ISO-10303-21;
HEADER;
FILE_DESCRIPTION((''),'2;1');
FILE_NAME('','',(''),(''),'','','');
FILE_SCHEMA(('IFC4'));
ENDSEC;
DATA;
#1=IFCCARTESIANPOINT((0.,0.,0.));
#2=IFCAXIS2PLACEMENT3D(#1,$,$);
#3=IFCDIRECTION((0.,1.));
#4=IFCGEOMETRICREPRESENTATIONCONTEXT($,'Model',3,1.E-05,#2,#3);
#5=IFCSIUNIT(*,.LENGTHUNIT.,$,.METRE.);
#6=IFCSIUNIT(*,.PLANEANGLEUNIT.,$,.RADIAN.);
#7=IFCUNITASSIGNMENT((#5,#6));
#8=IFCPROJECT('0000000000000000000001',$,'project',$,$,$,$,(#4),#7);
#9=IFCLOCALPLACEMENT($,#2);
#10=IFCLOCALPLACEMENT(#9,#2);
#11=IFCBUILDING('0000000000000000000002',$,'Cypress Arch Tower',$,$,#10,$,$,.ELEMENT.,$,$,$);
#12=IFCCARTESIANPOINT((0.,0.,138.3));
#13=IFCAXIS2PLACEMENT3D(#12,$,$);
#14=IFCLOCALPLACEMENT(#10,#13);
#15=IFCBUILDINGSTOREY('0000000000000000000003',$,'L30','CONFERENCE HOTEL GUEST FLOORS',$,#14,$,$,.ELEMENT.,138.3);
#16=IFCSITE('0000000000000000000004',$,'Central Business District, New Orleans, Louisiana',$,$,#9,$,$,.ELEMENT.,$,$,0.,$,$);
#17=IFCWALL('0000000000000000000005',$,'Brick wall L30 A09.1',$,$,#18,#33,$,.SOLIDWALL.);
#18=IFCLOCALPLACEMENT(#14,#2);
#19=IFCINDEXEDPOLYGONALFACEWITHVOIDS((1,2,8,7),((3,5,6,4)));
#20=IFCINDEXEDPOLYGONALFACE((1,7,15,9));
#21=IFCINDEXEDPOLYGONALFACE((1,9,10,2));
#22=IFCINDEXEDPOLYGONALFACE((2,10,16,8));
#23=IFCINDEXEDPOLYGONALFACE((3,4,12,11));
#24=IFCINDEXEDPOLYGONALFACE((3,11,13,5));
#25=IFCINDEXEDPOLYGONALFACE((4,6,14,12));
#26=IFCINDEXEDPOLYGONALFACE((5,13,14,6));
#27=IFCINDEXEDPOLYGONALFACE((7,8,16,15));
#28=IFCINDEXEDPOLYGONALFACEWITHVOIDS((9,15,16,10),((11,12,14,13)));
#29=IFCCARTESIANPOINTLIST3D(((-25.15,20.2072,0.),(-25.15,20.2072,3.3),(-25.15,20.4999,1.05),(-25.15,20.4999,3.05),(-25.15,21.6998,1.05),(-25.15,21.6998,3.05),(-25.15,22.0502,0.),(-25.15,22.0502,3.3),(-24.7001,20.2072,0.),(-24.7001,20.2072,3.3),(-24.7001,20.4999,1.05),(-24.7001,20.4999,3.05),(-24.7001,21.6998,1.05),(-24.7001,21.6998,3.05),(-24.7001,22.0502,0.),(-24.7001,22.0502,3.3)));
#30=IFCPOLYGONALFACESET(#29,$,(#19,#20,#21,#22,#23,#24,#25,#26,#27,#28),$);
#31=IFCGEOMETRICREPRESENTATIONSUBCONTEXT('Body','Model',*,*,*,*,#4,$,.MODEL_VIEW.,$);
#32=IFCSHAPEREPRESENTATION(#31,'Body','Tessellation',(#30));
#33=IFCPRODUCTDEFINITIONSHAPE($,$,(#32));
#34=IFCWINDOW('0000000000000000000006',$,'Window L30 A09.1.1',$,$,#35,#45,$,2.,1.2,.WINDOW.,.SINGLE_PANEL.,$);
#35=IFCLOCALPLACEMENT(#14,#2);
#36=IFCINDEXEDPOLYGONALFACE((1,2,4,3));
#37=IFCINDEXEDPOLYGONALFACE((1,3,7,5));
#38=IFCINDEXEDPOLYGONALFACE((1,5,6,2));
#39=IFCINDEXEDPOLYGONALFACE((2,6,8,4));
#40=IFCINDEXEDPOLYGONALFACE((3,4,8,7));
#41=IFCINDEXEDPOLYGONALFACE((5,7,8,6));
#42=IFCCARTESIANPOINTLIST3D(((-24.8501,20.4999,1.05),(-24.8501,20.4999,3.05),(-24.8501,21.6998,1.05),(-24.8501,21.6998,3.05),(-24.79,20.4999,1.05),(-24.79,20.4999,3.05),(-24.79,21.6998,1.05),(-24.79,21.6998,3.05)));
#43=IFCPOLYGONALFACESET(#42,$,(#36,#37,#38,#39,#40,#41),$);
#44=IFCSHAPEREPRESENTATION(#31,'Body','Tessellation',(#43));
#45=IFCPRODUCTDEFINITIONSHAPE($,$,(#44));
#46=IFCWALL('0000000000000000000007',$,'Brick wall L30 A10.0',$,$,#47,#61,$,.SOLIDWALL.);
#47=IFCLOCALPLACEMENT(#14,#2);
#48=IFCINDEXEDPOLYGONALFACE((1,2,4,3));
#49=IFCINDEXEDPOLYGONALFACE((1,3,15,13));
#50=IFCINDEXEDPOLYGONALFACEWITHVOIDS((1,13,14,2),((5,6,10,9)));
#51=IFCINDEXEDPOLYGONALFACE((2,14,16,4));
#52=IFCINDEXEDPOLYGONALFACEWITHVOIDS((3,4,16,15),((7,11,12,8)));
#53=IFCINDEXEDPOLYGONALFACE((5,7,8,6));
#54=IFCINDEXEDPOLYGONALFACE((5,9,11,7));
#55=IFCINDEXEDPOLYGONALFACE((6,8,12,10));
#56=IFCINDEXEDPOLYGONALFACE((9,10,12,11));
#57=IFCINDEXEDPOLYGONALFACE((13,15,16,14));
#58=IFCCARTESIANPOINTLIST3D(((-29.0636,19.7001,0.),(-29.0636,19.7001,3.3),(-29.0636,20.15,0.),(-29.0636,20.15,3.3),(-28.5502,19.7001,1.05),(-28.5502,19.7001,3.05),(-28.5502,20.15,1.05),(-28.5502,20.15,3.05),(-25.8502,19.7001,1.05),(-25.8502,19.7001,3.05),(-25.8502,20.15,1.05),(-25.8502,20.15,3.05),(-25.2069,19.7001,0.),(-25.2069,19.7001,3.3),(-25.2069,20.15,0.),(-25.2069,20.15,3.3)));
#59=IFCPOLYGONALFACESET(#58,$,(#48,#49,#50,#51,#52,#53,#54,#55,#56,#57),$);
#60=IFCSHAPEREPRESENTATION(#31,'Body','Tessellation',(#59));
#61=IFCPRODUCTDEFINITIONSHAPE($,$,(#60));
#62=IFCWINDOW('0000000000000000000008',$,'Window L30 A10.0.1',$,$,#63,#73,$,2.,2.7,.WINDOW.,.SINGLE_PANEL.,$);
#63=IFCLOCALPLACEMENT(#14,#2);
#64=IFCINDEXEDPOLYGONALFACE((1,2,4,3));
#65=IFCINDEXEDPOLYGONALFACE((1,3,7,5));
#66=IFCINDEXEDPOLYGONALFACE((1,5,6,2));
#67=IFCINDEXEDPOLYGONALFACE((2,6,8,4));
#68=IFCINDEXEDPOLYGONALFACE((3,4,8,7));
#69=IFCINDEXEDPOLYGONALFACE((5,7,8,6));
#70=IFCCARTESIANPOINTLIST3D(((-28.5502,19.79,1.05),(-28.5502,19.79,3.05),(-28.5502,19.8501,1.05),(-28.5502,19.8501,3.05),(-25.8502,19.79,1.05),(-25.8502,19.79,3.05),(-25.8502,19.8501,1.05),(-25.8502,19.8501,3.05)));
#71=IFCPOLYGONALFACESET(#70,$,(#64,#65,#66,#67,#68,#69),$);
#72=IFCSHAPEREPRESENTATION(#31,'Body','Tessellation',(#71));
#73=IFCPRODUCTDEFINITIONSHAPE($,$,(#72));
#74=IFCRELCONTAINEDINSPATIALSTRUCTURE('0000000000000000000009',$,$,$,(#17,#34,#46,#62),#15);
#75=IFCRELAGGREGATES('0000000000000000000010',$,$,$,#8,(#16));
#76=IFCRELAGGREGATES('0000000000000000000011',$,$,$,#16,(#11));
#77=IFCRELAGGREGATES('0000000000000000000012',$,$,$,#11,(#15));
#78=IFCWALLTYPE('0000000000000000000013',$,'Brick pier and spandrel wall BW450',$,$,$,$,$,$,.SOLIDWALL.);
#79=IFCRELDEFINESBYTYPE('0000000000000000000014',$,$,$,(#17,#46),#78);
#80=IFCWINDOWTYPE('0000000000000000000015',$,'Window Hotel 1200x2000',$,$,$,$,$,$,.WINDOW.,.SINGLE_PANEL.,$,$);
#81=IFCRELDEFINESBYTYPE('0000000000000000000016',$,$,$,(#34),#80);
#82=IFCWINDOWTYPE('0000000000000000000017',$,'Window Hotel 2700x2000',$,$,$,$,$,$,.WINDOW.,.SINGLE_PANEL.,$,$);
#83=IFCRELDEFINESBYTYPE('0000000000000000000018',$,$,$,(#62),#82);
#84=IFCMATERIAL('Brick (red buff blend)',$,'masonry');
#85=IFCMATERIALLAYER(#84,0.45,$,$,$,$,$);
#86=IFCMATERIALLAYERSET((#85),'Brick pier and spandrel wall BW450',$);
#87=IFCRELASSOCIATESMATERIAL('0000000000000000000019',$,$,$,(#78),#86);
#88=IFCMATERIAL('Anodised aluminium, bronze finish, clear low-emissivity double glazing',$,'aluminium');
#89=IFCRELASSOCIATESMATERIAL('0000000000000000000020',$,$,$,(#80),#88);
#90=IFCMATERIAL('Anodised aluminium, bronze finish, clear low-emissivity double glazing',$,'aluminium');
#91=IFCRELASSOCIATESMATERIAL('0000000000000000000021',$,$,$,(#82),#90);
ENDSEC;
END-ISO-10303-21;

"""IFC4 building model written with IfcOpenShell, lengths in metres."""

from ifc_helpers import new_model, si_unit, direction, frame, frame_2d, origin, place, context, subcontext, project, spatial, rectangle, extrude, material, layer, layer_set, type_object, element, fill, save


model = new_model("IFC4")

# Units and contexts
model_context = context("Model", 3, precision=1e-05, world=origin(), true_north=direction((0.0, 1.0)))
body_context = subcontext(model_context, "Body", "Model", "MODEL_VIEW")
ifc_project = project(units=[si_unit("LENGTHUNIT", "METRE"), si_unit("PLANEANGLEUNIT", "RADIAN")], contexts=[model_context])

# Site, building, storey
site_placement = place(None, origin())
site = spatial("IfcSite", under=ifc_project, at=site_placement, Name="Central Business District, New Orleans, Louisiana", CompositionType="ELEMENT", RefElevation=0.0)
building_placement = place(site_placement, origin())
building = spatial("IfcBuilding", under=site, at=building_placement, Name="Cypress Arch Tower", CompositionType="ELEMENT")
storey_placement = place(building_placement, frame((0.0, 0.0, 138.3)))
storey = spatial("IfcBuildingStorey", under=building, at=storey_placement, Name="L30", Description="CONFERENCE HOTEL GUEST FLOORS", CompositionType="ELEMENT", Elevation=138.3)

# Shared definitions
ifc_material_1 = material(Name="Brick (red buff blend)", Category="masonry")
ifc_layer = layer(ifc_material_1, 0.45)
ifc_layer_set = layer_set([ifc_layer], Name="Brick pier and spandrel wall BW450")
wall_type = type_object("IfcWallType", Name="Brick pier and spandrel wall BW450", PredefinedType="SOLIDWALL", material=ifc_layer_set)

# Walls, openings, windows
wall_1_placement = place(storey_placement, frame((-24.925, 22.05, 0.0), z_axis=(0.0, 0.0, 1.0), x_axis=(0.0, -1.0, 0.0)))
wall_1 = element("IfcWall", 1, at=wall_1_placement, inside=storey, type_object=wall_type, Name="Brick wall L30 A09.1", PredefinedType="SOLIDWALL", context=body_context, shape_type="SweptSolid", body=[
    extrude(rectangle(XDim=1.843, YDim=0.45, at=frame_2d((0.9214, 0.0))), origin(), (0.0, 0.0, 1.0), 3.3),
])
opening_1_placement = place(wall_1_placement, frame((0.3501, 0.0, 1.05)))
opening_1 = element("IfcOpeningElement", 2, at=opening_1_placement, cuts=wall_1, PredefinedType="OPENING", context=body_context, shape_type="SweptSolid", body=[
    extrude(rectangle(XDim=1.2, YDim=2.0, at=frame_2d((0.6001, 1.0))), frame((0.0, 0.2349, 0.0), z_axis=(0.0, -1.0, 0.0), x_axis=(1.0, 0.0, 0.0)), (0.0, 0.0, 1.0), 0.47),
])
ifc_material_2 = material(Name="Anodised aluminium, bronze finish, clear low-emissivity double glazing", Category="aluminium")
window_type_1 = type_object("IfcWindowType", Name="Window Hotel 1200x2000", PartitioningType="SINGLE_PANEL", PredefinedType="WINDOW", material=ifc_material_2)
window_1_placement = place(opening_1_placement, origin())
window_1 = element("IfcWindow", 3, at=window_1_placement, inside=storey, type_object=window_type_1, Name="Window L30 A09.1.1", OverallHeight=2.0, OverallWidth=1.2, PartitioningType="SINGLE_PANEL", PredefinedType="WINDOW", context=body_context, shape_type="SweptSolid", body=[
    extrude(rectangle(XDim=1.2, YDim=2.0, at=frame_2d((0.6001, 1.0))), frame((0.0, 0.135, 0.0), z_axis=(0.0, -1.0, 0.0), x_axis=(1.0, 0.0, 0.0)), (0.0, 0.0, 1.0), 0.0601),
])
fill(opening_1, window_1)
wall_2_placement = place(storey_placement, frame((-25.207, 19.925, 0.0), z_axis=(0.0, 0.0, 1.0), x_axis=(-1.0, 0.0, 0.0)))
wall_2 = element("IfcWall", 4, at=wall_2_placement, inside=storey, type_object=wall_type, Name="Brick wall L30 A10.0", PredefinedType="SOLIDWALL", context=body_context, shape_type="SweptSolid", body=[
    extrude(rectangle(XDim=3.8567, YDim=0.45, at=frame_2d((1.9282, 0.0))), origin(), (0.0, 0.0, 1.0), 3.3),
])
opening_2_placement = place(wall_2_placement, frame((0.6431, 0.0, 1.05)))
opening_2 = element("IfcOpeningElement", 5, at=opening_2_placement, cuts=wall_2, PredefinedType="OPENING", context=body_context, shape_type="SweptSolid", body=[
    extrude(rectangle(XDim=2.7, YDim=2.0, at=frame_2d((1.3501, 1.0))), frame((0.0, 0.2349, 0.0), z_axis=(0.0, -1.0, 0.0), x_axis=(1.0, 0.0, 0.0)), (0.0, 0.0, 1.0), 0.47),
])
ifc_material_3 = material(Name="Anodised aluminium, bronze finish, clear low-emissivity double glazing", Category="aluminium")
window_type_2 = type_object("IfcWindowType", Name="Window Hotel 2700x2000", PartitioningType="SINGLE_PANEL", PredefinedType="WINDOW", material=ifc_material_3)
window_2_placement = place(opening_2_placement, origin())
window_2 = element("IfcWindow", 6, at=window_2_placement, inside=storey, type_object=window_type_2, Name="Window L30 A10.0.1", OverallHeight=2.0, OverallWidth=2.7, PartitioningType="SINGLE_PANEL", PredefinedType="WINDOW", context=body_context, shape_type="SweptSolid", body=[
    extrude(rectangle(XDim=2.7, YDim=2.0, at=frame_2d((1.3501, 1.0))), frame((0.0, 0.135, 0.0), z_axis=(0.0, -1.0, 0.0), x_axis=(1.0, 0.0, 0.0)), (0.0, 0.0, 1.0), 0.0601),
])
fill(opening_2, window_2)

save(model, "model.ifc")
